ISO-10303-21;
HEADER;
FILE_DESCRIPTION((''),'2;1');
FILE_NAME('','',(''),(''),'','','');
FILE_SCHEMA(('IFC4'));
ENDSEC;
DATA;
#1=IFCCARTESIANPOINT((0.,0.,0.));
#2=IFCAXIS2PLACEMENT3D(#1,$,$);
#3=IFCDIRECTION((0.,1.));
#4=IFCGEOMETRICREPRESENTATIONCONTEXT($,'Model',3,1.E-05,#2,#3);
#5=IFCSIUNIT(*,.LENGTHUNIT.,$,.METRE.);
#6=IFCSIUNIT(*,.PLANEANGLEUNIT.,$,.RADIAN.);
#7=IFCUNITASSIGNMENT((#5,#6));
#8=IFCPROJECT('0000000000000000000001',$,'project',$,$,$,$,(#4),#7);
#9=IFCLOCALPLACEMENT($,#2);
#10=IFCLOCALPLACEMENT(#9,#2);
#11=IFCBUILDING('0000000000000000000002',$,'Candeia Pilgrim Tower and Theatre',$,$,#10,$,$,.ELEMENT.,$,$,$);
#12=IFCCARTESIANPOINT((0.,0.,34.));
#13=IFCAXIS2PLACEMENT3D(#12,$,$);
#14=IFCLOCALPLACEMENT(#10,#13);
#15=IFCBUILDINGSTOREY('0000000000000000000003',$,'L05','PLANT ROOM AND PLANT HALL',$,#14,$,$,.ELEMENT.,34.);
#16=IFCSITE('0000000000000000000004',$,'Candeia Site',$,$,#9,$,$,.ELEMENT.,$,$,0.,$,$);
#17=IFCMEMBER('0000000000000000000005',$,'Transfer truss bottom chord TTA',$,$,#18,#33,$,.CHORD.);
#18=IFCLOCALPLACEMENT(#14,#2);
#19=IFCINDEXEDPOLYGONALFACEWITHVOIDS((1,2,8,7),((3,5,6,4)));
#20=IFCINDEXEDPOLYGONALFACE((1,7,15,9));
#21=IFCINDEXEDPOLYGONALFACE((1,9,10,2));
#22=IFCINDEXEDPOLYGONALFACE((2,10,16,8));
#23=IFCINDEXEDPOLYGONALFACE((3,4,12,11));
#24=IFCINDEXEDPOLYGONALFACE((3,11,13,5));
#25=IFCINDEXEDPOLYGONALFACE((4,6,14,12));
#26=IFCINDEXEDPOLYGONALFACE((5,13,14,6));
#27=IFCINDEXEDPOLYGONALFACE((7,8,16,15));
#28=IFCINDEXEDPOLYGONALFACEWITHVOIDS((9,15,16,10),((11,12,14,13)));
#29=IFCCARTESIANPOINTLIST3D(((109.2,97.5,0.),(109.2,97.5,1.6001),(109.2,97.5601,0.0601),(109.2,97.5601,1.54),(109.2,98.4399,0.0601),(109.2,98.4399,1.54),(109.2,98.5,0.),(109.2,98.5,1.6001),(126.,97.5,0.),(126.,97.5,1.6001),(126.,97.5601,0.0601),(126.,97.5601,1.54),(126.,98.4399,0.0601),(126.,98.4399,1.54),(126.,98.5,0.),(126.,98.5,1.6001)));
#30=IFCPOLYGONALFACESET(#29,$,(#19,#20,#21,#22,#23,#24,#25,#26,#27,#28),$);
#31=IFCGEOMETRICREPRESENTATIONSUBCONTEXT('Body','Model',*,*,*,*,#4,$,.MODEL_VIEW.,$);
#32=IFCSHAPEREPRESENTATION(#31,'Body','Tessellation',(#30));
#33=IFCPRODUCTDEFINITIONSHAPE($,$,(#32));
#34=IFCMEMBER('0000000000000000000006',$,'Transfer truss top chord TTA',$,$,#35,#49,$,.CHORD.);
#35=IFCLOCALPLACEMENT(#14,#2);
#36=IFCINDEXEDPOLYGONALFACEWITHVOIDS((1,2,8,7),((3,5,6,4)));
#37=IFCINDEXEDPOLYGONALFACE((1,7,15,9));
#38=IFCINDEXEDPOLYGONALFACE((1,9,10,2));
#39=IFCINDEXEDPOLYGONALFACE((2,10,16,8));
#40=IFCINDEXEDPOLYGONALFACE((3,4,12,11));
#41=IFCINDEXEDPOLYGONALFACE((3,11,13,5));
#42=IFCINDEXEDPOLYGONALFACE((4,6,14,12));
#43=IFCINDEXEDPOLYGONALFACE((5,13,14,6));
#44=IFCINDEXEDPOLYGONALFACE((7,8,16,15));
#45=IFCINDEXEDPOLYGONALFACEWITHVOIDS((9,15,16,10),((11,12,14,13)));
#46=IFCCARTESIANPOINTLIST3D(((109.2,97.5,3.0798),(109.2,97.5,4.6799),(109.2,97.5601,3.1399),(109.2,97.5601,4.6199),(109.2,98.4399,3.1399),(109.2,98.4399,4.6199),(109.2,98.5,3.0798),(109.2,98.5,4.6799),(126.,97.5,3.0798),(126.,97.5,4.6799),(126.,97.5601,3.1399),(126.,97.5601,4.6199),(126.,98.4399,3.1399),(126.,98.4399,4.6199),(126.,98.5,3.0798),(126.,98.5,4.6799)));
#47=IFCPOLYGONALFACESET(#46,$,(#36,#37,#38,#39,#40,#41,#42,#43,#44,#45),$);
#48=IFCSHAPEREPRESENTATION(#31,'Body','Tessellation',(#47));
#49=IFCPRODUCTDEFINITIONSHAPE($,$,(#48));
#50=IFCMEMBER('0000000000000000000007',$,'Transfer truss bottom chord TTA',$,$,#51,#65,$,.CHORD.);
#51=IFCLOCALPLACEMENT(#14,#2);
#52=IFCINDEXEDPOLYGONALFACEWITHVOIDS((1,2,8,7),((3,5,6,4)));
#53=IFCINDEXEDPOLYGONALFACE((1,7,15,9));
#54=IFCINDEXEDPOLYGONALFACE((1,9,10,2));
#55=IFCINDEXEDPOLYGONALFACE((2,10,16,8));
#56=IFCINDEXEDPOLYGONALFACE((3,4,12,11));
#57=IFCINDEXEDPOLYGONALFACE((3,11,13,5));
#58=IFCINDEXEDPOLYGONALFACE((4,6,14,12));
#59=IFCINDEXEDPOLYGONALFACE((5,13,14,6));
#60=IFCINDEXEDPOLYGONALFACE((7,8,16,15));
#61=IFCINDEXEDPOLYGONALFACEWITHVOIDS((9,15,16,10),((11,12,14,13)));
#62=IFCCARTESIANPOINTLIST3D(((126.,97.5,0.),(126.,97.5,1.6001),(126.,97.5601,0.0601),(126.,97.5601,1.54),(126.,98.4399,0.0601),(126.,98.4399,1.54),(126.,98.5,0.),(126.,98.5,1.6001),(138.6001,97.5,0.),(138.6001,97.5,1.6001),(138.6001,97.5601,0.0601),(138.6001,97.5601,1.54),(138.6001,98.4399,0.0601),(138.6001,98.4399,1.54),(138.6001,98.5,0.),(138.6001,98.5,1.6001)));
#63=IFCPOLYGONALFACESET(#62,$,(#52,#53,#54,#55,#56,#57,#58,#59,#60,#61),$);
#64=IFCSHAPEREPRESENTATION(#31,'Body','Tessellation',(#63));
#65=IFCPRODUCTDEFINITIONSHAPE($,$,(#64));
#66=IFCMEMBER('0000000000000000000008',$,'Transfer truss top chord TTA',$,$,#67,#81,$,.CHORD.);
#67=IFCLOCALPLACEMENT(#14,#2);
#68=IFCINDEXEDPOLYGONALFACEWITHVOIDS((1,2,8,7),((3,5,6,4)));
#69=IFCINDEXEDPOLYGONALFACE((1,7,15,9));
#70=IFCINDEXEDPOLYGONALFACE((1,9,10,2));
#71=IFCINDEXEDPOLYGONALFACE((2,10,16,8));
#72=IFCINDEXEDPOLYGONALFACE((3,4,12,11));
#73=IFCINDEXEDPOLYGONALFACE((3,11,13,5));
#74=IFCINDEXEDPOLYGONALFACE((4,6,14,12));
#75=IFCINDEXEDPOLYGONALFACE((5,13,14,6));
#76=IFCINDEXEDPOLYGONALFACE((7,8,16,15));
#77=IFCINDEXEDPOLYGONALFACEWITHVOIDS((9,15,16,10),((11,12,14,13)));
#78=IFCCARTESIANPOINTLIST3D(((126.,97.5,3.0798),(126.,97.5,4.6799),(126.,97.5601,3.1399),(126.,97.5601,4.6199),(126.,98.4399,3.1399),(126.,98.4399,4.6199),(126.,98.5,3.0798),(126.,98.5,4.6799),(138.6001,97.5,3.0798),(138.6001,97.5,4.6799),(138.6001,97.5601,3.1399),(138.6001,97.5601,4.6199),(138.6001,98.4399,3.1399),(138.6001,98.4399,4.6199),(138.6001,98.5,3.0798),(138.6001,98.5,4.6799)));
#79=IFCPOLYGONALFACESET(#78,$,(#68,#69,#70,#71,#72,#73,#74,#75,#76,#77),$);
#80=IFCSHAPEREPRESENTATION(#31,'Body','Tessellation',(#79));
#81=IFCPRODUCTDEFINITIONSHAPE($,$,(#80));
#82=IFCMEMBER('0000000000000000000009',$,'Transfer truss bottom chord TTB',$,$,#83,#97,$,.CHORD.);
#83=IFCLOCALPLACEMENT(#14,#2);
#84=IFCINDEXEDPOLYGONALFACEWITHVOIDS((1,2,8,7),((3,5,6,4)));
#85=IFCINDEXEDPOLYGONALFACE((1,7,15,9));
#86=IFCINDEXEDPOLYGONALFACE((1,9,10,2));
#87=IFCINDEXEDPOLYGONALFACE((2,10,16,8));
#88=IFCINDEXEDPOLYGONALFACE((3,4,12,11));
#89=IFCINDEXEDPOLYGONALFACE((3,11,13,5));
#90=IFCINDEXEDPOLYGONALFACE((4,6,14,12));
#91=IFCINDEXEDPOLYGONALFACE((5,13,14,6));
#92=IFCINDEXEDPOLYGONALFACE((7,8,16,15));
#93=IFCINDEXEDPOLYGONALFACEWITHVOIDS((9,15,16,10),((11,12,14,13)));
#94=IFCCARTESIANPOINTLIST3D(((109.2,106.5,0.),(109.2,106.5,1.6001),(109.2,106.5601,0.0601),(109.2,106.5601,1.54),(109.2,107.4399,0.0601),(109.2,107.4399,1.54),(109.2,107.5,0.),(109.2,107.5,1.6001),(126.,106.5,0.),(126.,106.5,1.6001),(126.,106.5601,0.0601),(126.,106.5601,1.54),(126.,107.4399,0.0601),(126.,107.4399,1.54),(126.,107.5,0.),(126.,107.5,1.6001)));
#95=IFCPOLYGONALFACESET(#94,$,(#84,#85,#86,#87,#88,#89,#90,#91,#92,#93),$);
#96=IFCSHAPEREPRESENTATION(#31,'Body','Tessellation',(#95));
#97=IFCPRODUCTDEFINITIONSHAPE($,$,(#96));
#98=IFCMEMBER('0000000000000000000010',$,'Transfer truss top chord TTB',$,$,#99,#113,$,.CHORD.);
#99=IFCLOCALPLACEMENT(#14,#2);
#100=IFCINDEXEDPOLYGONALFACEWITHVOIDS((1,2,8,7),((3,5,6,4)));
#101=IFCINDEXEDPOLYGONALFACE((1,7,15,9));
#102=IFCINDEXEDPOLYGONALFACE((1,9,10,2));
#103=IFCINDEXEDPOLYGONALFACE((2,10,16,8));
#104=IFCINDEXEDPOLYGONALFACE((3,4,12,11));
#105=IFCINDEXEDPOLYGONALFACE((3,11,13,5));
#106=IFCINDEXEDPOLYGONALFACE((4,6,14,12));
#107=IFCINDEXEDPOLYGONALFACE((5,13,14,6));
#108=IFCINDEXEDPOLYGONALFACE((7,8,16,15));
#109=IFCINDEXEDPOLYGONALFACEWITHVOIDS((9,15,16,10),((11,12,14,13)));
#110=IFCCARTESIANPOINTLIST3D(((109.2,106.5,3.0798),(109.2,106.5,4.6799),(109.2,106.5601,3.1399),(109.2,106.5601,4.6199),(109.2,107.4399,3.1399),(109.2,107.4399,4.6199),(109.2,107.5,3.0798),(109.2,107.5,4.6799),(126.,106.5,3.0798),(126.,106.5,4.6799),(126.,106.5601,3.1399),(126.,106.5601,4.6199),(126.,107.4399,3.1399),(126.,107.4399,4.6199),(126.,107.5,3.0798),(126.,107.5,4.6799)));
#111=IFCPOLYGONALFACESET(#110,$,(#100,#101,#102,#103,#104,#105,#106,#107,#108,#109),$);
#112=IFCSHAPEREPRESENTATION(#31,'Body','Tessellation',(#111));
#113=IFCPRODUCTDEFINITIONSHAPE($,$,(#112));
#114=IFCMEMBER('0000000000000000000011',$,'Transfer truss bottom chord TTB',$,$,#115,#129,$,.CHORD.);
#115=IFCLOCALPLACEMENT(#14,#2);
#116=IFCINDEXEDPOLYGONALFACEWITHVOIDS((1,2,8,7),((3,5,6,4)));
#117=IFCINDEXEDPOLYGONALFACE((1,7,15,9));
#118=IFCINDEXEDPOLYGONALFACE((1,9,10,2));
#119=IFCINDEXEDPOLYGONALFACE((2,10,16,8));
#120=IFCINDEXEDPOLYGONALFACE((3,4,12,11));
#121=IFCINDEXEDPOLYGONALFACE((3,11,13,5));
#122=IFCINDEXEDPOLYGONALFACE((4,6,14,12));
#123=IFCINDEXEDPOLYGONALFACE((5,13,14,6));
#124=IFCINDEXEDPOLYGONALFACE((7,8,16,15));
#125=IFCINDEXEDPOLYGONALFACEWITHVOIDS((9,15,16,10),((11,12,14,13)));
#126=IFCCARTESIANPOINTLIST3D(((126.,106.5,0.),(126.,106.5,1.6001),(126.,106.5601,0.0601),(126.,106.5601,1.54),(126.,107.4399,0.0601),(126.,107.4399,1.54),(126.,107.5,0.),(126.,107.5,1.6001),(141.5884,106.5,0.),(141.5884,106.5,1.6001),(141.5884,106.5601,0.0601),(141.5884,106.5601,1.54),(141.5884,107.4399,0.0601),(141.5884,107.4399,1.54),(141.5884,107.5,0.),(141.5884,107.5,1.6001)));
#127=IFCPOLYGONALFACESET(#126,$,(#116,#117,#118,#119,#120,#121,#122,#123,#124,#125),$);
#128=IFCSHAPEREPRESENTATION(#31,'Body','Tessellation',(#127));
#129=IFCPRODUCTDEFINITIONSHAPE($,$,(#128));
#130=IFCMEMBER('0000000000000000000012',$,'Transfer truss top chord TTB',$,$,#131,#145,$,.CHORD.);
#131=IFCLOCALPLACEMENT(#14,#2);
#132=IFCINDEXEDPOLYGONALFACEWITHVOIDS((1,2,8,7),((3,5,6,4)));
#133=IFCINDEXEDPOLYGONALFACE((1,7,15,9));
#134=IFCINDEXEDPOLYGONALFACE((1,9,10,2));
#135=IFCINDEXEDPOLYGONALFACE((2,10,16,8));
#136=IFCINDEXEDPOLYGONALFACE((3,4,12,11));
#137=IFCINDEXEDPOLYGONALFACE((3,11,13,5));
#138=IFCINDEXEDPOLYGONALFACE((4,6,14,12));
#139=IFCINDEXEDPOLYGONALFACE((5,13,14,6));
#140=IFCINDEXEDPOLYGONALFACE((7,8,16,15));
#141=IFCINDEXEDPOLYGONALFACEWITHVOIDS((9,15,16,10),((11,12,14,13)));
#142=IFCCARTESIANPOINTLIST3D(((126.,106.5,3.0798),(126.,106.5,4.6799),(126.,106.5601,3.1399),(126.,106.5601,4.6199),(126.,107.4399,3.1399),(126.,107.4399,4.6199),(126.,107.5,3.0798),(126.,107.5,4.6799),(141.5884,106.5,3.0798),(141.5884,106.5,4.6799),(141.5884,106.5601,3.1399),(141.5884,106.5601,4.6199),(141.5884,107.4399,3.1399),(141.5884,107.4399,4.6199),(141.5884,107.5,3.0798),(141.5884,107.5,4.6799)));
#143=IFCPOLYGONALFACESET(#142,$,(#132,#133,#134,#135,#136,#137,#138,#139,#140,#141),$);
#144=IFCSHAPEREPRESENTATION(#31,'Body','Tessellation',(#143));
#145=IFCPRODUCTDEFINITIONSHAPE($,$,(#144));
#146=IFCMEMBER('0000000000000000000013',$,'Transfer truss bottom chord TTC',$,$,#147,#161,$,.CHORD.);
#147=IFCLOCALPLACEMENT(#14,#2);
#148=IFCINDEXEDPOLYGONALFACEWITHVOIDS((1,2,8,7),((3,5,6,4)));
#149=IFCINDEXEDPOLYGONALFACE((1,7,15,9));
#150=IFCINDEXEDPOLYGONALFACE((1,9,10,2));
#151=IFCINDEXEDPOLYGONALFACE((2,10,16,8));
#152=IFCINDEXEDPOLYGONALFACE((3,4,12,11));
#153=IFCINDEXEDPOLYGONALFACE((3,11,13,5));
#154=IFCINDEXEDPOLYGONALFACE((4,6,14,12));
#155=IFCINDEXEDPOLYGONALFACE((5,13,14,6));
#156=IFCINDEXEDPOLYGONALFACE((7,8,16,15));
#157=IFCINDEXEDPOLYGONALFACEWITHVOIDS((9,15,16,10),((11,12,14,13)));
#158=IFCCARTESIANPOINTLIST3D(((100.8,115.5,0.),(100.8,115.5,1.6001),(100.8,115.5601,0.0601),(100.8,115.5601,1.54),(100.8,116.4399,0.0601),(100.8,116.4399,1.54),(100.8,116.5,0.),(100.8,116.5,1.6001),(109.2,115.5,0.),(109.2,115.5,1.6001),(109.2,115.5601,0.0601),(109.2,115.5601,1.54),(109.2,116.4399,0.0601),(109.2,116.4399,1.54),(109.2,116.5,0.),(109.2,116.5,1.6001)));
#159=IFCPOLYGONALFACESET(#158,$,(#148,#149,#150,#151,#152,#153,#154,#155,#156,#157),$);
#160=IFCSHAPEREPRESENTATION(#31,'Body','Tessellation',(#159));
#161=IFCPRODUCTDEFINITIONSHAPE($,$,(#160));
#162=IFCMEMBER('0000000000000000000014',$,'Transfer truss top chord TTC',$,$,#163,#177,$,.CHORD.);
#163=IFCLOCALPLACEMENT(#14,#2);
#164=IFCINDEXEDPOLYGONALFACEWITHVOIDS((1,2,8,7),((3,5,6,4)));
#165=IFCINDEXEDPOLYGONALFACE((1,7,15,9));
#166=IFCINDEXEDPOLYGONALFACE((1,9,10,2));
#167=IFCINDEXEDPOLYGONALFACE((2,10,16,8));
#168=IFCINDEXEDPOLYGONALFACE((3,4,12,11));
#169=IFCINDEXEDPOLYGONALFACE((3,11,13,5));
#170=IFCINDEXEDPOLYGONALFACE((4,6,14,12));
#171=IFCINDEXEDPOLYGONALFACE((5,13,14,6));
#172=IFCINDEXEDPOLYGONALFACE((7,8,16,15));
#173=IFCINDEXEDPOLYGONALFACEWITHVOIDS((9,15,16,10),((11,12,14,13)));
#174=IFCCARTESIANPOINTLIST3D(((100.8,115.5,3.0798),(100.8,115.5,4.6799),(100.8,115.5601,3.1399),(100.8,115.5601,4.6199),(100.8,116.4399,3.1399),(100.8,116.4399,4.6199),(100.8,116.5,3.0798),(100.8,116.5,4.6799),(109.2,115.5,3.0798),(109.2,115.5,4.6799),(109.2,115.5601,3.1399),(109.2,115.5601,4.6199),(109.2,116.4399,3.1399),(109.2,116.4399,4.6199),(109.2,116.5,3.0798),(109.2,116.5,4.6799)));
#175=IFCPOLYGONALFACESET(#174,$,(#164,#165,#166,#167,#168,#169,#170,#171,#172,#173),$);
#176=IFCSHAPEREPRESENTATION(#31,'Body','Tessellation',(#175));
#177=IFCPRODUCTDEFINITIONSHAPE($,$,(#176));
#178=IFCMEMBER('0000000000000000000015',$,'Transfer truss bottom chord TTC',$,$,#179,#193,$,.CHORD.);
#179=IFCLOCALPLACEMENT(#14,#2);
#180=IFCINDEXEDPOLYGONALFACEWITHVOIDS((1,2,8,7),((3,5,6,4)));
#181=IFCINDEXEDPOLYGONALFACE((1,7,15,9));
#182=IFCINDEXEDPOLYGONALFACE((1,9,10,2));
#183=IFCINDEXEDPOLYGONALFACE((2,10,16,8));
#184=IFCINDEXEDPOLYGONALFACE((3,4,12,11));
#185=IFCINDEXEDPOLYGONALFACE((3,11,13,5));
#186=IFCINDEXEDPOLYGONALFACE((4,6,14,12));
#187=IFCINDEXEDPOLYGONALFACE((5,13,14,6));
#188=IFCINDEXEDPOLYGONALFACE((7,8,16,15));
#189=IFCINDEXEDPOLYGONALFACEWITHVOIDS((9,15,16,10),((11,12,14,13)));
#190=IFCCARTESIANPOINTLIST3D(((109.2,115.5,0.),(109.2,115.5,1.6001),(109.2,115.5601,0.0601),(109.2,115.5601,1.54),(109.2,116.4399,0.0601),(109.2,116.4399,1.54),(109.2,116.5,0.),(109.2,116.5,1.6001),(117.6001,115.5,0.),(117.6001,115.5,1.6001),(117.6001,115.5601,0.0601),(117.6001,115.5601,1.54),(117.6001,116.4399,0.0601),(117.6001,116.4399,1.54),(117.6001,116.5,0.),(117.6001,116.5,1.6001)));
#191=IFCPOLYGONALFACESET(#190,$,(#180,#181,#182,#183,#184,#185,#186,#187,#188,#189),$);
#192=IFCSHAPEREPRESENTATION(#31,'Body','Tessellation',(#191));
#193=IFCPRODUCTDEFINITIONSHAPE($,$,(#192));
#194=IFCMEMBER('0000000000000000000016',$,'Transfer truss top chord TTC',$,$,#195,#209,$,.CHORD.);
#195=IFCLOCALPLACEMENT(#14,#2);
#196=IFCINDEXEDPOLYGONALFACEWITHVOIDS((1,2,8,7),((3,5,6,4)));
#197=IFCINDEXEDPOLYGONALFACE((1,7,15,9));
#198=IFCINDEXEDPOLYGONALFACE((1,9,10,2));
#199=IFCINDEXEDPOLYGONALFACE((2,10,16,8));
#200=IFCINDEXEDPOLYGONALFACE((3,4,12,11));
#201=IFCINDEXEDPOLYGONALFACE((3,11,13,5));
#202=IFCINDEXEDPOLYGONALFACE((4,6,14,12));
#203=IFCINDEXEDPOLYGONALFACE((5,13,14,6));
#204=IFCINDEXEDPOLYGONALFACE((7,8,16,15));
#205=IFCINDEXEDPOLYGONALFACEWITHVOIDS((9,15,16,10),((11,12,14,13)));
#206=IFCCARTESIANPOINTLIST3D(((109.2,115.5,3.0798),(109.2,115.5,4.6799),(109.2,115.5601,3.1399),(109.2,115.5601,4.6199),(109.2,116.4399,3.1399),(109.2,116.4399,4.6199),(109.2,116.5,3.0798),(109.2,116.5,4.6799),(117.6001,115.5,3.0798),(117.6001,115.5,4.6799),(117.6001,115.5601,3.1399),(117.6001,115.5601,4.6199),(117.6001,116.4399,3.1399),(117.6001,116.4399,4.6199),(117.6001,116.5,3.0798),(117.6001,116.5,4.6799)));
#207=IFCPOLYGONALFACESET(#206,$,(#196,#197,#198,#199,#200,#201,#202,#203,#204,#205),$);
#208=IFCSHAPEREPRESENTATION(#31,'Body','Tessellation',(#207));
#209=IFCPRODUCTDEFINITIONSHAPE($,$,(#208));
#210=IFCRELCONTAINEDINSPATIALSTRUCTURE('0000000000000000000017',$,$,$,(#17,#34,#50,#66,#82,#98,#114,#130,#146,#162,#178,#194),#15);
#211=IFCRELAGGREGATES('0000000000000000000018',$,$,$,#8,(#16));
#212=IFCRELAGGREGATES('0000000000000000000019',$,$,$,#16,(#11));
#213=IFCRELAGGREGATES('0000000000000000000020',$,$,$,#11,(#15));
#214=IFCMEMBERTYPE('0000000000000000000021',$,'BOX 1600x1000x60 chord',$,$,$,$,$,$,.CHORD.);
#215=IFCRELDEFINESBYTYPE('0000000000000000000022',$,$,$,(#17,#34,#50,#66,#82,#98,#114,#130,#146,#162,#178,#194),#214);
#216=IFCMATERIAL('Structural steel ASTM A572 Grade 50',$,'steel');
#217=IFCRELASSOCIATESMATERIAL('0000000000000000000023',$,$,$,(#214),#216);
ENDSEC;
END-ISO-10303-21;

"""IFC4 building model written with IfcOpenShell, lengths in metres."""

from ifc_helpers import new_model, si_unit, direction, frame, origin, origin_2d, place, context, subcontext, project, spatial, hollow_rectangle, extrude, material, material_profile, profile_set, type_object, element, save


model = new_model("IFC4")

# Units and contexts
model_context = context("Model", 3, precision=1e-05, world=origin(), true_north=direction((0.0, 1.0)))
body_context = subcontext(model_context, "Body", "Model", "MODEL_VIEW")
ifc_project = project(units=[si_unit("LENGTHUNIT", "METRE"), si_unit("PLANEANGLEUNIT", "RADIAN")], contexts=[model_context])

# Site, building, storey
site_placement = place(None, origin())
site = spatial("IfcSite", under=ifc_project, at=site_placement, Name="Candeia Site", CompositionType="ELEMENT", RefElevation=0.0)
building_placement = place(site_placement, origin())
building = spatial("IfcBuilding", under=site, at=building_placement, Name="Candeia Pilgrim Tower and Theatre", CompositionType="ELEMENT")
storey_placement = place(building_placement, frame((0.0, 0.0, 34.0)))
storey = spatial("IfcBuildingStorey", under=building, at=storey_placement, Name="L05", Description="PLANT ROOM AND PLANT HALL", CompositionType="ELEMENT", Elevation=34.0)

# Members
ifc_material_1 = material(Name="Structural steel ASTM A572 Grade 50", Category="steel")
ifc_material_profile_1 = material_profile(ifc_material_1, hollow_rectangle(XDim=1.0, YDim=1.6001, WallThickness=0.0601, at=origin_2d()))
ifc_profile_set_1 = profile_set([ifc_material_profile_1], Name="Structural steel ASTM A572 Grade 50")
member_type_1 = type_object("IfcMemberType", Name="BOX 1600x1000x60 chord", PredefinedType="CHORD", material=ifc_profile_set_1)
for number, where, z_axis, x_axis, name in (
    (1, (109.2, 98.0, 0.8), (1.0, 0.0, 0.0), (0.0, 1.0, 0.0), "Transfer truss bottom chord TTA"),
    (2, (109.2, 98.0, 3.8799), (1.0, 0.0, 0.0), (0.0, 1.0, 0.0), "Transfer truss top chord TTA"),
):
    element("IfcMember", number, at=place(storey_placement, frame(where, z_axis=z_axis, x_axis=x_axis)), inside=storey, type_object=member_type_1, Name=name, PredefinedType="CHORD", context=body_context, shape_type="SweptSolid", body=[
        extrude(hollow_rectangle(XDim=1.0, YDim=1.6001, WallThickness=0.0601, at=origin_2d()), origin(), (0.0, 0.0, 1.0), 16.8),
    ])
for number, where, z_axis, x_axis, name in (
    (3, (126.0, 98.0, 0.8), (1.0, 0.0, 0.0), (0.0, 1.0, 0.0), "Transfer truss bottom chord TTA"),
    (4, (126.0, 98.0, 3.8799), (1.0, 0.0, 0.0), (0.0, 1.0, 0.0), "Transfer truss top chord TTA"),
):
    element("IfcMember", number, at=place(storey_placement, frame(where, z_axis=z_axis, x_axis=x_axis)), inside=storey, type_object=member_type_1, Name=name, PredefinedType="CHORD", context=body_context, shape_type="SweptSolid", body=[
        extrude(hollow_rectangle(XDim=1.0, YDim=1.6001, WallThickness=0.0601, at=origin_2d()), origin(), (0.0, 0.0, 1.0), 12.6001),
    ])
for number, where, z_axis, x_axis, name in (
    (5, (109.2, 107.0, 0.8), (1.0, 0.0, 0.0), (0.0, 1.0, 0.0), "Transfer truss bottom chord TTB"),
    (6, (109.2, 107.0, 3.8799), (1.0, 0.0, 0.0), (0.0, 1.0, 0.0), "Transfer truss top chord TTB"),
):
    element("IfcMember", number, at=place(storey_placement, frame(where, z_axis=z_axis, x_axis=x_axis)), inside=storey, type_object=member_type_1, Name=name, PredefinedType="CHORD", context=body_context, shape_type="SweptSolid", body=[
        extrude(hollow_rectangle(XDim=1.0, YDim=1.6001, WallThickness=0.0601, at=origin_2d()), origin(), (0.0, 0.0, 1.0), 16.8),
    ])
for number, where, z_axis, x_axis, name in (
    (7, (126.0, 107.0, 0.8), (1.0, 0.0, 0.0), (0.0, 1.0, 0.0), "Transfer truss bottom chord TTB"),
    (8, (126.0, 107.0, 3.8799), (1.0, 0.0, 0.0), (0.0, 1.0, 0.0), "Transfer truss top chord TTB"),
):
    element("IfcMember", number, at=place(storey_placement, frame(where, z_axis=z_axis, x_axis=x_axis)), inside=storey, type_object=member_type_1, Name=name, PredefinedType="CHORD", context=body_context, shape_type="SweptSolid", body=[
        extrude(hollow_rectangle(XDim=1.0, YDim=1.6001, WallThickness=0.0601, at=origin_2d()), origin(), (0.0, 0.0, 1.0), 15.5884),
    ])
for number, where, z_axis, x_axis, name in (
    (9, (100.8, 116.0, 0.8), (1.0, 0.0, 0.0), (0.0, 1.0, 0.0), "Transfer truss bottom chord TTC"),
    (10, (100.8, 116.0, 3.8799), (1.0, 0.0, 0.0), (0.0, 1.0, 0.0), "Transfer truss top chord TTC"),
):
    element("IfcMember", number, at=place(storey_placement, frame(where, z_axis=z_axis, x_axis=x_axis)), inside=storey, type_object=member_type_1, Name=name, PredefinedType="CHORD", context=body_context, shape_type="SweptSolid", body=[
        extrude(hollow_rectangle(XDim=1.0, YDim=1.6001, WallThickness=0.0601, at=origin_2d()), origin(), (0.0, 0.0, 1.0), 8.3999),
    ])
for number, where, z_axis, x_axis, name in (
    (11, (109.2, 116.0, 0.8), (1.0, 0.0, 0.0), (0.0, 1.0, 0.0), "Transfer truss bottom chord TTC"),
    (12, (109.2, 116.0, 3.8799), (1.0, 0.0, 0.0), (0.0, 1.0, 0.0), "Transfer truss top chord TTC"),
):
    element("IfcMember", number, at=place(storey_placement, frame(where, z_axis=z_axis, x_axis=x_axis)), inside=storey, type_object=member_type_1, Name=name, PredefinedType="CHORD", context=body_context, shape_type="SweptSolid", body=[
        extrude(hollow_rectangle(XDim=1.0, YDim=1.6001, WallThickness=0.0601, at=origin_2d()), origin(), (0.0, 0.0, 1.0), 8.4001),
    ])

save(model, "model.ifc")
